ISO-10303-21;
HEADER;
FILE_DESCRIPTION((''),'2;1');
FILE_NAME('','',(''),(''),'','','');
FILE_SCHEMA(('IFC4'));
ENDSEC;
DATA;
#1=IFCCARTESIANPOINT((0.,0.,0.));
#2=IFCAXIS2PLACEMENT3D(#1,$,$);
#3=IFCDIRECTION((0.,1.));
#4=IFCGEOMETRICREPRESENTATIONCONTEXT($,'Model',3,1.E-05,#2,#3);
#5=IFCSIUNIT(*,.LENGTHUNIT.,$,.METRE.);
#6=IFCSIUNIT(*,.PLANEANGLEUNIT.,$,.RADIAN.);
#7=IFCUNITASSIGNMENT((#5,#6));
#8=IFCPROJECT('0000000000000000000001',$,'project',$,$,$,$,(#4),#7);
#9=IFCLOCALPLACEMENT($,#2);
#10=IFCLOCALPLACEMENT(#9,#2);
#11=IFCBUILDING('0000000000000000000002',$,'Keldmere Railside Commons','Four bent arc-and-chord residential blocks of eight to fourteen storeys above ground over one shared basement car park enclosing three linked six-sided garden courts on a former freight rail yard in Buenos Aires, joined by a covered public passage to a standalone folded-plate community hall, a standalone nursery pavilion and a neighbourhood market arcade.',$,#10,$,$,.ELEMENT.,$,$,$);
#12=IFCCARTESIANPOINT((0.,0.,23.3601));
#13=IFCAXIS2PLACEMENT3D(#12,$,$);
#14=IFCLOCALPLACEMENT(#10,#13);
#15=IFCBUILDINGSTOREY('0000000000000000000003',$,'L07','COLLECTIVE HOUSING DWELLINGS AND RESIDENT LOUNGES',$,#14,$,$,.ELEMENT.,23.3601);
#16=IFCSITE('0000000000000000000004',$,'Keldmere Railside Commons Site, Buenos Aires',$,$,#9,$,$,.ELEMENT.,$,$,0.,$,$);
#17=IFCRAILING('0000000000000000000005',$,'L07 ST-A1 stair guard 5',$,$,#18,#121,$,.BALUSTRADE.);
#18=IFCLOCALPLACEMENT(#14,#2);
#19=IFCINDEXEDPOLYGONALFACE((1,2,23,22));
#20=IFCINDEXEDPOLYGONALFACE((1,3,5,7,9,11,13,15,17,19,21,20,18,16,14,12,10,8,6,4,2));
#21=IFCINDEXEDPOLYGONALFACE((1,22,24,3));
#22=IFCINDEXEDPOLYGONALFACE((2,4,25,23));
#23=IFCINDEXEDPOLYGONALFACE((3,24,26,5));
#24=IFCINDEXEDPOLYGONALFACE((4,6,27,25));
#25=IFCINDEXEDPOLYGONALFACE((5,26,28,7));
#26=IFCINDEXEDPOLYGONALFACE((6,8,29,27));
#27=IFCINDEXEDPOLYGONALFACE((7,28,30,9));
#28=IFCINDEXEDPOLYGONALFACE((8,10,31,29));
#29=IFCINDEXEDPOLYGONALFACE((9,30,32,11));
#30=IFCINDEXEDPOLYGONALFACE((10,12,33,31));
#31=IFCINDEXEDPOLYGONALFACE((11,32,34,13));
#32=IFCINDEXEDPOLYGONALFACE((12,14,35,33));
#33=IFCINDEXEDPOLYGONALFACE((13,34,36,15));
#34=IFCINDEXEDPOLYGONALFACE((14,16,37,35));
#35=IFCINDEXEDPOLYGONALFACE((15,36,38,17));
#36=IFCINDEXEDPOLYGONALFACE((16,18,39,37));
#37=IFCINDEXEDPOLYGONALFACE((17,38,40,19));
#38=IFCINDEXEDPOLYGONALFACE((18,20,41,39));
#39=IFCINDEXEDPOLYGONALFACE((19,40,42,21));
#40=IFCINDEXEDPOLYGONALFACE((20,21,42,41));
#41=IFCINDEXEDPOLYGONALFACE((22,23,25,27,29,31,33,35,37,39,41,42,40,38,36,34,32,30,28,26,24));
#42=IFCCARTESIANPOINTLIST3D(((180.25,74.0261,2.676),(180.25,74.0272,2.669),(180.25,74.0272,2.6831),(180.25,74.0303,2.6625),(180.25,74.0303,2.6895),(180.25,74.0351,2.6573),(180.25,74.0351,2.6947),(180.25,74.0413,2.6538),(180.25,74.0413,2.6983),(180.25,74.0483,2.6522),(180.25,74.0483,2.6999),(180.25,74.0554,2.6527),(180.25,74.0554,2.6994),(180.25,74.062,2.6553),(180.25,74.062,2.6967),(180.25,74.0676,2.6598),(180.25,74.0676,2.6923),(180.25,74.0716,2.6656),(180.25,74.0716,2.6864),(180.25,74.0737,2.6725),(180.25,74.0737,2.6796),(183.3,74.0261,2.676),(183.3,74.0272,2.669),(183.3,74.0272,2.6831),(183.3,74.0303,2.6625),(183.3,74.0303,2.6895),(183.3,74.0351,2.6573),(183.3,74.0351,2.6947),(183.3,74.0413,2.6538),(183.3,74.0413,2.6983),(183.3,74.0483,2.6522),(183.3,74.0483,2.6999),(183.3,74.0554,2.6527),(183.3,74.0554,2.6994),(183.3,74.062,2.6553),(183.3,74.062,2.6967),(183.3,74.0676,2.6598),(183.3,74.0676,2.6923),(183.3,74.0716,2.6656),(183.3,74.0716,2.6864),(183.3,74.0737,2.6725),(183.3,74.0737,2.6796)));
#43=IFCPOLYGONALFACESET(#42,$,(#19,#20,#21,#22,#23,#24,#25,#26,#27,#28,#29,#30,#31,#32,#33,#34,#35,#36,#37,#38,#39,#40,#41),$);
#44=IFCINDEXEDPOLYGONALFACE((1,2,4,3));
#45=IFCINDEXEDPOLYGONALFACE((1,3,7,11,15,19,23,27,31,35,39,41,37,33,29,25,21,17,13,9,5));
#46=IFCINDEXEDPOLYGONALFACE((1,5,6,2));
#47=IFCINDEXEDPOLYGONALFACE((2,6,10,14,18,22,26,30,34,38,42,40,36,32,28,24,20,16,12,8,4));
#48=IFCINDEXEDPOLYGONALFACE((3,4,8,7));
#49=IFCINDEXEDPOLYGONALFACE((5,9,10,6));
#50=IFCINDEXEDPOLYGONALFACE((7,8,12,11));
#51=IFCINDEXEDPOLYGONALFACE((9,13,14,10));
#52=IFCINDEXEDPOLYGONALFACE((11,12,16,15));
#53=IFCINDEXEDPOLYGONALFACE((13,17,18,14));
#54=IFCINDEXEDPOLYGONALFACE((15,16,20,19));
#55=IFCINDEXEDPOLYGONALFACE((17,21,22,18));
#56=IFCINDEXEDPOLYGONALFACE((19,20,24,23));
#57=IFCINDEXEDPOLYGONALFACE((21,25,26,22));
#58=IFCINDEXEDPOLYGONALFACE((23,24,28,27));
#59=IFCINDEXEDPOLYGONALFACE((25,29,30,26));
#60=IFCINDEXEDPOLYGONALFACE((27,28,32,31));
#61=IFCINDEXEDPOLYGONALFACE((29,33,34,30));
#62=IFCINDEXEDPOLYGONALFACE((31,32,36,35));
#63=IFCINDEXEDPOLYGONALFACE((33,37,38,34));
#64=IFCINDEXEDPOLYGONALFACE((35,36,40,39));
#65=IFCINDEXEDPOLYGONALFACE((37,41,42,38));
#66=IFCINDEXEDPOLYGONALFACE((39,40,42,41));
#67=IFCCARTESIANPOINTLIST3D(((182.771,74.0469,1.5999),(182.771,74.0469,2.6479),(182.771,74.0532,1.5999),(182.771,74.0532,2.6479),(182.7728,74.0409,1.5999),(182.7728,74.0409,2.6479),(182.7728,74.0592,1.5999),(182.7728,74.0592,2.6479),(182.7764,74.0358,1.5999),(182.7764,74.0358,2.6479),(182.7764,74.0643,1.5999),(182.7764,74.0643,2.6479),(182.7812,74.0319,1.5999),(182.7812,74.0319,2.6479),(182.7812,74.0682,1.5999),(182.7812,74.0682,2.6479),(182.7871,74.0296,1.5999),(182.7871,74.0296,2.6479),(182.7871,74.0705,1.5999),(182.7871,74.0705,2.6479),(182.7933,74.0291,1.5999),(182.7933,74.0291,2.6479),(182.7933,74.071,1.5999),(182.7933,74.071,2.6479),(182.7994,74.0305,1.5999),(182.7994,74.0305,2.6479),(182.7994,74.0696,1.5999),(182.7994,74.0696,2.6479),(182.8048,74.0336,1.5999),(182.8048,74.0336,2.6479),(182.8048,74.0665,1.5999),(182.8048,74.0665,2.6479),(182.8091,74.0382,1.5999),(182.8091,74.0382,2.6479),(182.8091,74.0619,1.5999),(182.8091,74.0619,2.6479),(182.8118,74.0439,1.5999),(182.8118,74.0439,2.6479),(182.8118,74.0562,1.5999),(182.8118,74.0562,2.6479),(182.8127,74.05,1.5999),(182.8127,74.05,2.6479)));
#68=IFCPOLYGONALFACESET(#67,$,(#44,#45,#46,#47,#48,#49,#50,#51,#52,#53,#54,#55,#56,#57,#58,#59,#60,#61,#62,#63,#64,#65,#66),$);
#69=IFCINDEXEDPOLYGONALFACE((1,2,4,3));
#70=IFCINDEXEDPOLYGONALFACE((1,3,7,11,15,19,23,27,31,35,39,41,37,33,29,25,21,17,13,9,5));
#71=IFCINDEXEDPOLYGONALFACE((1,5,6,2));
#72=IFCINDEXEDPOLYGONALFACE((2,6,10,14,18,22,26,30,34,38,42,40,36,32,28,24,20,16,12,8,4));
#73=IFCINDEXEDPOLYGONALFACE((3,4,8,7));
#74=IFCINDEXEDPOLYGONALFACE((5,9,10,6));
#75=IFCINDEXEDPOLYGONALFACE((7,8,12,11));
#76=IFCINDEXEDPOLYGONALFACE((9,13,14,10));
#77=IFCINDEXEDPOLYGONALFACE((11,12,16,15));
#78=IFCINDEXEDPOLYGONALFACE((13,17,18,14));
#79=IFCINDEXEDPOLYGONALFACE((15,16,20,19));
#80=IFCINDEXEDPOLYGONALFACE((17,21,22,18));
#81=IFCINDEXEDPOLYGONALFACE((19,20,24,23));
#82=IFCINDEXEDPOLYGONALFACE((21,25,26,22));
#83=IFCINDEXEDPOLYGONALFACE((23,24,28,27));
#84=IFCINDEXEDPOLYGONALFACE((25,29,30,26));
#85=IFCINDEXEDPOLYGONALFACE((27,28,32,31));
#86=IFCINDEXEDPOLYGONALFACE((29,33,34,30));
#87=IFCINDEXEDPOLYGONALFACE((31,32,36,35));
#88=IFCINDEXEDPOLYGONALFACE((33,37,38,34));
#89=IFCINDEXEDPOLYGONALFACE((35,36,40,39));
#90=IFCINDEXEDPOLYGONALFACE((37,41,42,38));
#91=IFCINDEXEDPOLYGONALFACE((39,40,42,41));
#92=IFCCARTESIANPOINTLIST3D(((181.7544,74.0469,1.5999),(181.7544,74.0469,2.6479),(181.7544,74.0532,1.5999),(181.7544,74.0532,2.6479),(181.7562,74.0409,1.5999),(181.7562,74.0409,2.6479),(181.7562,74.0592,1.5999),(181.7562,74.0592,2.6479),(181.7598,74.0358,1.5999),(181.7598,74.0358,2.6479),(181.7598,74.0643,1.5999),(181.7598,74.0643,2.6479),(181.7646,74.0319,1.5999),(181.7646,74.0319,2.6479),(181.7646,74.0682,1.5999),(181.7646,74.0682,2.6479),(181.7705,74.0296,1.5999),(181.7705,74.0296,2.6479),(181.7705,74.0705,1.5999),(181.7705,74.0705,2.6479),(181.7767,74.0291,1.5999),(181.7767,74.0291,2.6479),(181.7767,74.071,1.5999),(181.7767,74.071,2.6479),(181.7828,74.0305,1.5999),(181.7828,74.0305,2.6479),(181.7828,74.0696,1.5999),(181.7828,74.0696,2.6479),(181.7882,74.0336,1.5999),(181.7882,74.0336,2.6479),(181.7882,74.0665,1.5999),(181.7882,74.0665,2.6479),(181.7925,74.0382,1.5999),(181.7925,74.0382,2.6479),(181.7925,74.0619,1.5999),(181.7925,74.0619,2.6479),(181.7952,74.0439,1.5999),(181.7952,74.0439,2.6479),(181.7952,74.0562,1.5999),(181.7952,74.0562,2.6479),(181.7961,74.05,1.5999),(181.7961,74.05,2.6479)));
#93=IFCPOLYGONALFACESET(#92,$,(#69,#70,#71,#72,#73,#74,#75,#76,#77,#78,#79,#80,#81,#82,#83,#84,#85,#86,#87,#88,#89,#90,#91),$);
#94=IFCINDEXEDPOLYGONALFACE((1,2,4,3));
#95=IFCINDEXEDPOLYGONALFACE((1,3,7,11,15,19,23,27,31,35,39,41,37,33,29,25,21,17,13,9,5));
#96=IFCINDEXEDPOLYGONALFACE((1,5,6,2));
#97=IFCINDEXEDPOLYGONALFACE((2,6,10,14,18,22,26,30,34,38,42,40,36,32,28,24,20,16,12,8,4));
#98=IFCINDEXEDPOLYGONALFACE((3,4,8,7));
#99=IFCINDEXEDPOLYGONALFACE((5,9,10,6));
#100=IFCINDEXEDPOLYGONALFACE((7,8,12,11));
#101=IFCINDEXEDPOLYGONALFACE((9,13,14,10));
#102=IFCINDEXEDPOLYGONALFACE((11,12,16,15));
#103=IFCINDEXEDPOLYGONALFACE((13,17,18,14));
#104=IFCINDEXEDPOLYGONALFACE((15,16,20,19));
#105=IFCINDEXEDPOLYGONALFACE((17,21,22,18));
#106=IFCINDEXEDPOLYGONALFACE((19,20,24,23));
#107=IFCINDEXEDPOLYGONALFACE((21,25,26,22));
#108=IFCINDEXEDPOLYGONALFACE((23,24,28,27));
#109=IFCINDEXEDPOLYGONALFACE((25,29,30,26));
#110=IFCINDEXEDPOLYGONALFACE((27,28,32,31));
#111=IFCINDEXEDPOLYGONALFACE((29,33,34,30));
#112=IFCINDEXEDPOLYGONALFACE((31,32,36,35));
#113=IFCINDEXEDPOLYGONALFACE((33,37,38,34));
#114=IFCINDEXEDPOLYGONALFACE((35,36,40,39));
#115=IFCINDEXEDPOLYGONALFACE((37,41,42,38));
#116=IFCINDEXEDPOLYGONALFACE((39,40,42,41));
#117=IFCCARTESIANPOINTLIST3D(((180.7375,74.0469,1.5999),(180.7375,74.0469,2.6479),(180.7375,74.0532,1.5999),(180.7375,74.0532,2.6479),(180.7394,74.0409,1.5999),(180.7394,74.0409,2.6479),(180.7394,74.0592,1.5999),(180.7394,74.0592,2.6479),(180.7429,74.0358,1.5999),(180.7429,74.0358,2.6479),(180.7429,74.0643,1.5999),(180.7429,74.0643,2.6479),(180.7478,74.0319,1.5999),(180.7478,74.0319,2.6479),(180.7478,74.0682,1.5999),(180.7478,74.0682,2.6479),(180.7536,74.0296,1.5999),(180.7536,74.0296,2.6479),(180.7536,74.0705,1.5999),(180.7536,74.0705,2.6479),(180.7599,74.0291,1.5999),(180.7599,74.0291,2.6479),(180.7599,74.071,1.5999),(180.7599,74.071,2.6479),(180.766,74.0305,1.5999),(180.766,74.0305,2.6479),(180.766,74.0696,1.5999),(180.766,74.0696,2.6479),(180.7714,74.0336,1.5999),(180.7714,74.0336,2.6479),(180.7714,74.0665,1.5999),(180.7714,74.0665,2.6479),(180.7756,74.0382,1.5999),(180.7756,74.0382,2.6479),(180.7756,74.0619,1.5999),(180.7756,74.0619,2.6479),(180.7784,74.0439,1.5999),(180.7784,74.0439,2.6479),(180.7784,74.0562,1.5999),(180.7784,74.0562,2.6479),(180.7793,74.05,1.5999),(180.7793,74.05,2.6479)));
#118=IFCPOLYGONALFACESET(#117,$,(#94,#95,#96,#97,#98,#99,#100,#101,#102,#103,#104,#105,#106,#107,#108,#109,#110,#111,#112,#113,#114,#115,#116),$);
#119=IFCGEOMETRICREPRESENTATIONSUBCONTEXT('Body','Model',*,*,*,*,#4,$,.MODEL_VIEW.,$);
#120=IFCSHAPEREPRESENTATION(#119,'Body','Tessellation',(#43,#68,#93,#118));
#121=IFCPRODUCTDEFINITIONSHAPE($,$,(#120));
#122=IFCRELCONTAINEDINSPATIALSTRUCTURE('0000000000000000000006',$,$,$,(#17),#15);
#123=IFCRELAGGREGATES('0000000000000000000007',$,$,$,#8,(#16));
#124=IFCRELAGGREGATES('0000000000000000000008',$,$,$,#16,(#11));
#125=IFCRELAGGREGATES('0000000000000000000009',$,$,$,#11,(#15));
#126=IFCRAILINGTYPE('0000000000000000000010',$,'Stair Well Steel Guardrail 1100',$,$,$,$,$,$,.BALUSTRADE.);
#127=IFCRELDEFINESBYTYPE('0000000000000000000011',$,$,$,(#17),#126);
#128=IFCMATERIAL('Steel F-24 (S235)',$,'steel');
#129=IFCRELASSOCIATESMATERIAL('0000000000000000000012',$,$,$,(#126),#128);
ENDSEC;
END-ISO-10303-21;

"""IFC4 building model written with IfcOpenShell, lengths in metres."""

from ifc_helpers import new_model, si_unit, direction, frame, origin, origin_2d, place, context, subcontext, project, spatial, circle, extrude, material, type_object, element, save


model = new_model("IFC4")

# Units and contexts
model_context = context("Model", 3, precision=1e-05, world=origin(), true_north=direction((0.0, 1.0)))
body_context = subcontext(model_context, "Body", "Model", "MODEL_VIEW")
ifc_project = project(units=[si_unit("LENGTHUNIT", "METRE"), si_unit("PLANEANGLEUNIT", "RADIAN")], contexts=[model_context])

# Site, building, storey
site_placement = place(None, origin())
site = spatial("IfcSite", under=ifc_project, at=site_placement, Name="Keldmere Railside Commons Site, Buenos Aires", CompositionType="ELEMENT", RefElevation=0.0)
building_placement = place(site_placement, origin())
building = spatial("IfcBuilding", under=site, at=building_placement, Name="Keldmere Railside Commons", Description="Four bent arc-and-chord residential blocks of eight to fourteen storeys above ground over one shared basement car park enclosing three linked six-sided garden courts on a former freight rail yard in Buenos Aires, joined by a covered public passage to a standalone folded-plate community hall, a standalone nursery pavilion and a neighbourhood market arcade.", CompositionType="ELEMENT")
storey_placement = place(building_placement, frame((0.0, 0.0, 23.3601)))
storey = spatial("IfcBuildingStorey", under=building, at=storey_placement, Name="L07", Description="COLLECTIVE HOUSING DWELLINGS AND RESIDENT LOUNGES", CompositionType="ELEMENT", Elevation=23.3601)

# Shared definitions
ifc_material_1 = material(Name="Steel F-24 (S235)", Category="steel")

# Railing
railing_type_1 = type_object("IfcRailingType", Name="Stair Well Steel Guardrail 1100", PredefinedType="BALUSTRADE", material=ifc_material_1)
railing_1_placement = place(storey_placement, frame((183.3, 74.05, 1.5999)))
element("IfcRailing", 1, at=railing_1_placement, inside=storey, type_object=railing_type_1, Name="L07 ST-A1 stair guard 5", PredefinedType="BALUSTRADE", context=body_context, shape_type="SweptSolid", body=[
    extrude(circle(Radius=0.0239, at=origin_2d()), frame((0.0, 0.0, 1.0762), z_axis=(-1.0, 0.0, 0.0), x_axis=(0.0, -1.0, 0.0)), (0.0, 0.0, 1.0), 3.05),
    extrude(circle(Radius=0.021, at=origin_2d()), frame((-0.5083, 0.0, 0.0)), (0.0, 0.0, 1.0), 1.0481),
    extrude(circle(Radius=0.021, at=origin_2d()), frame((-1.5249, 0.0, 0.0)), (0.0, 0.0, 1.0), 1.0481),
    extrude(circle(Radius=0.021, at=origin_2d()), frame((-2.5417, 0.0, 0.0)), (0.0, 0.0, 1.0), 1.0481),
])

save(model, "model.ifc")
